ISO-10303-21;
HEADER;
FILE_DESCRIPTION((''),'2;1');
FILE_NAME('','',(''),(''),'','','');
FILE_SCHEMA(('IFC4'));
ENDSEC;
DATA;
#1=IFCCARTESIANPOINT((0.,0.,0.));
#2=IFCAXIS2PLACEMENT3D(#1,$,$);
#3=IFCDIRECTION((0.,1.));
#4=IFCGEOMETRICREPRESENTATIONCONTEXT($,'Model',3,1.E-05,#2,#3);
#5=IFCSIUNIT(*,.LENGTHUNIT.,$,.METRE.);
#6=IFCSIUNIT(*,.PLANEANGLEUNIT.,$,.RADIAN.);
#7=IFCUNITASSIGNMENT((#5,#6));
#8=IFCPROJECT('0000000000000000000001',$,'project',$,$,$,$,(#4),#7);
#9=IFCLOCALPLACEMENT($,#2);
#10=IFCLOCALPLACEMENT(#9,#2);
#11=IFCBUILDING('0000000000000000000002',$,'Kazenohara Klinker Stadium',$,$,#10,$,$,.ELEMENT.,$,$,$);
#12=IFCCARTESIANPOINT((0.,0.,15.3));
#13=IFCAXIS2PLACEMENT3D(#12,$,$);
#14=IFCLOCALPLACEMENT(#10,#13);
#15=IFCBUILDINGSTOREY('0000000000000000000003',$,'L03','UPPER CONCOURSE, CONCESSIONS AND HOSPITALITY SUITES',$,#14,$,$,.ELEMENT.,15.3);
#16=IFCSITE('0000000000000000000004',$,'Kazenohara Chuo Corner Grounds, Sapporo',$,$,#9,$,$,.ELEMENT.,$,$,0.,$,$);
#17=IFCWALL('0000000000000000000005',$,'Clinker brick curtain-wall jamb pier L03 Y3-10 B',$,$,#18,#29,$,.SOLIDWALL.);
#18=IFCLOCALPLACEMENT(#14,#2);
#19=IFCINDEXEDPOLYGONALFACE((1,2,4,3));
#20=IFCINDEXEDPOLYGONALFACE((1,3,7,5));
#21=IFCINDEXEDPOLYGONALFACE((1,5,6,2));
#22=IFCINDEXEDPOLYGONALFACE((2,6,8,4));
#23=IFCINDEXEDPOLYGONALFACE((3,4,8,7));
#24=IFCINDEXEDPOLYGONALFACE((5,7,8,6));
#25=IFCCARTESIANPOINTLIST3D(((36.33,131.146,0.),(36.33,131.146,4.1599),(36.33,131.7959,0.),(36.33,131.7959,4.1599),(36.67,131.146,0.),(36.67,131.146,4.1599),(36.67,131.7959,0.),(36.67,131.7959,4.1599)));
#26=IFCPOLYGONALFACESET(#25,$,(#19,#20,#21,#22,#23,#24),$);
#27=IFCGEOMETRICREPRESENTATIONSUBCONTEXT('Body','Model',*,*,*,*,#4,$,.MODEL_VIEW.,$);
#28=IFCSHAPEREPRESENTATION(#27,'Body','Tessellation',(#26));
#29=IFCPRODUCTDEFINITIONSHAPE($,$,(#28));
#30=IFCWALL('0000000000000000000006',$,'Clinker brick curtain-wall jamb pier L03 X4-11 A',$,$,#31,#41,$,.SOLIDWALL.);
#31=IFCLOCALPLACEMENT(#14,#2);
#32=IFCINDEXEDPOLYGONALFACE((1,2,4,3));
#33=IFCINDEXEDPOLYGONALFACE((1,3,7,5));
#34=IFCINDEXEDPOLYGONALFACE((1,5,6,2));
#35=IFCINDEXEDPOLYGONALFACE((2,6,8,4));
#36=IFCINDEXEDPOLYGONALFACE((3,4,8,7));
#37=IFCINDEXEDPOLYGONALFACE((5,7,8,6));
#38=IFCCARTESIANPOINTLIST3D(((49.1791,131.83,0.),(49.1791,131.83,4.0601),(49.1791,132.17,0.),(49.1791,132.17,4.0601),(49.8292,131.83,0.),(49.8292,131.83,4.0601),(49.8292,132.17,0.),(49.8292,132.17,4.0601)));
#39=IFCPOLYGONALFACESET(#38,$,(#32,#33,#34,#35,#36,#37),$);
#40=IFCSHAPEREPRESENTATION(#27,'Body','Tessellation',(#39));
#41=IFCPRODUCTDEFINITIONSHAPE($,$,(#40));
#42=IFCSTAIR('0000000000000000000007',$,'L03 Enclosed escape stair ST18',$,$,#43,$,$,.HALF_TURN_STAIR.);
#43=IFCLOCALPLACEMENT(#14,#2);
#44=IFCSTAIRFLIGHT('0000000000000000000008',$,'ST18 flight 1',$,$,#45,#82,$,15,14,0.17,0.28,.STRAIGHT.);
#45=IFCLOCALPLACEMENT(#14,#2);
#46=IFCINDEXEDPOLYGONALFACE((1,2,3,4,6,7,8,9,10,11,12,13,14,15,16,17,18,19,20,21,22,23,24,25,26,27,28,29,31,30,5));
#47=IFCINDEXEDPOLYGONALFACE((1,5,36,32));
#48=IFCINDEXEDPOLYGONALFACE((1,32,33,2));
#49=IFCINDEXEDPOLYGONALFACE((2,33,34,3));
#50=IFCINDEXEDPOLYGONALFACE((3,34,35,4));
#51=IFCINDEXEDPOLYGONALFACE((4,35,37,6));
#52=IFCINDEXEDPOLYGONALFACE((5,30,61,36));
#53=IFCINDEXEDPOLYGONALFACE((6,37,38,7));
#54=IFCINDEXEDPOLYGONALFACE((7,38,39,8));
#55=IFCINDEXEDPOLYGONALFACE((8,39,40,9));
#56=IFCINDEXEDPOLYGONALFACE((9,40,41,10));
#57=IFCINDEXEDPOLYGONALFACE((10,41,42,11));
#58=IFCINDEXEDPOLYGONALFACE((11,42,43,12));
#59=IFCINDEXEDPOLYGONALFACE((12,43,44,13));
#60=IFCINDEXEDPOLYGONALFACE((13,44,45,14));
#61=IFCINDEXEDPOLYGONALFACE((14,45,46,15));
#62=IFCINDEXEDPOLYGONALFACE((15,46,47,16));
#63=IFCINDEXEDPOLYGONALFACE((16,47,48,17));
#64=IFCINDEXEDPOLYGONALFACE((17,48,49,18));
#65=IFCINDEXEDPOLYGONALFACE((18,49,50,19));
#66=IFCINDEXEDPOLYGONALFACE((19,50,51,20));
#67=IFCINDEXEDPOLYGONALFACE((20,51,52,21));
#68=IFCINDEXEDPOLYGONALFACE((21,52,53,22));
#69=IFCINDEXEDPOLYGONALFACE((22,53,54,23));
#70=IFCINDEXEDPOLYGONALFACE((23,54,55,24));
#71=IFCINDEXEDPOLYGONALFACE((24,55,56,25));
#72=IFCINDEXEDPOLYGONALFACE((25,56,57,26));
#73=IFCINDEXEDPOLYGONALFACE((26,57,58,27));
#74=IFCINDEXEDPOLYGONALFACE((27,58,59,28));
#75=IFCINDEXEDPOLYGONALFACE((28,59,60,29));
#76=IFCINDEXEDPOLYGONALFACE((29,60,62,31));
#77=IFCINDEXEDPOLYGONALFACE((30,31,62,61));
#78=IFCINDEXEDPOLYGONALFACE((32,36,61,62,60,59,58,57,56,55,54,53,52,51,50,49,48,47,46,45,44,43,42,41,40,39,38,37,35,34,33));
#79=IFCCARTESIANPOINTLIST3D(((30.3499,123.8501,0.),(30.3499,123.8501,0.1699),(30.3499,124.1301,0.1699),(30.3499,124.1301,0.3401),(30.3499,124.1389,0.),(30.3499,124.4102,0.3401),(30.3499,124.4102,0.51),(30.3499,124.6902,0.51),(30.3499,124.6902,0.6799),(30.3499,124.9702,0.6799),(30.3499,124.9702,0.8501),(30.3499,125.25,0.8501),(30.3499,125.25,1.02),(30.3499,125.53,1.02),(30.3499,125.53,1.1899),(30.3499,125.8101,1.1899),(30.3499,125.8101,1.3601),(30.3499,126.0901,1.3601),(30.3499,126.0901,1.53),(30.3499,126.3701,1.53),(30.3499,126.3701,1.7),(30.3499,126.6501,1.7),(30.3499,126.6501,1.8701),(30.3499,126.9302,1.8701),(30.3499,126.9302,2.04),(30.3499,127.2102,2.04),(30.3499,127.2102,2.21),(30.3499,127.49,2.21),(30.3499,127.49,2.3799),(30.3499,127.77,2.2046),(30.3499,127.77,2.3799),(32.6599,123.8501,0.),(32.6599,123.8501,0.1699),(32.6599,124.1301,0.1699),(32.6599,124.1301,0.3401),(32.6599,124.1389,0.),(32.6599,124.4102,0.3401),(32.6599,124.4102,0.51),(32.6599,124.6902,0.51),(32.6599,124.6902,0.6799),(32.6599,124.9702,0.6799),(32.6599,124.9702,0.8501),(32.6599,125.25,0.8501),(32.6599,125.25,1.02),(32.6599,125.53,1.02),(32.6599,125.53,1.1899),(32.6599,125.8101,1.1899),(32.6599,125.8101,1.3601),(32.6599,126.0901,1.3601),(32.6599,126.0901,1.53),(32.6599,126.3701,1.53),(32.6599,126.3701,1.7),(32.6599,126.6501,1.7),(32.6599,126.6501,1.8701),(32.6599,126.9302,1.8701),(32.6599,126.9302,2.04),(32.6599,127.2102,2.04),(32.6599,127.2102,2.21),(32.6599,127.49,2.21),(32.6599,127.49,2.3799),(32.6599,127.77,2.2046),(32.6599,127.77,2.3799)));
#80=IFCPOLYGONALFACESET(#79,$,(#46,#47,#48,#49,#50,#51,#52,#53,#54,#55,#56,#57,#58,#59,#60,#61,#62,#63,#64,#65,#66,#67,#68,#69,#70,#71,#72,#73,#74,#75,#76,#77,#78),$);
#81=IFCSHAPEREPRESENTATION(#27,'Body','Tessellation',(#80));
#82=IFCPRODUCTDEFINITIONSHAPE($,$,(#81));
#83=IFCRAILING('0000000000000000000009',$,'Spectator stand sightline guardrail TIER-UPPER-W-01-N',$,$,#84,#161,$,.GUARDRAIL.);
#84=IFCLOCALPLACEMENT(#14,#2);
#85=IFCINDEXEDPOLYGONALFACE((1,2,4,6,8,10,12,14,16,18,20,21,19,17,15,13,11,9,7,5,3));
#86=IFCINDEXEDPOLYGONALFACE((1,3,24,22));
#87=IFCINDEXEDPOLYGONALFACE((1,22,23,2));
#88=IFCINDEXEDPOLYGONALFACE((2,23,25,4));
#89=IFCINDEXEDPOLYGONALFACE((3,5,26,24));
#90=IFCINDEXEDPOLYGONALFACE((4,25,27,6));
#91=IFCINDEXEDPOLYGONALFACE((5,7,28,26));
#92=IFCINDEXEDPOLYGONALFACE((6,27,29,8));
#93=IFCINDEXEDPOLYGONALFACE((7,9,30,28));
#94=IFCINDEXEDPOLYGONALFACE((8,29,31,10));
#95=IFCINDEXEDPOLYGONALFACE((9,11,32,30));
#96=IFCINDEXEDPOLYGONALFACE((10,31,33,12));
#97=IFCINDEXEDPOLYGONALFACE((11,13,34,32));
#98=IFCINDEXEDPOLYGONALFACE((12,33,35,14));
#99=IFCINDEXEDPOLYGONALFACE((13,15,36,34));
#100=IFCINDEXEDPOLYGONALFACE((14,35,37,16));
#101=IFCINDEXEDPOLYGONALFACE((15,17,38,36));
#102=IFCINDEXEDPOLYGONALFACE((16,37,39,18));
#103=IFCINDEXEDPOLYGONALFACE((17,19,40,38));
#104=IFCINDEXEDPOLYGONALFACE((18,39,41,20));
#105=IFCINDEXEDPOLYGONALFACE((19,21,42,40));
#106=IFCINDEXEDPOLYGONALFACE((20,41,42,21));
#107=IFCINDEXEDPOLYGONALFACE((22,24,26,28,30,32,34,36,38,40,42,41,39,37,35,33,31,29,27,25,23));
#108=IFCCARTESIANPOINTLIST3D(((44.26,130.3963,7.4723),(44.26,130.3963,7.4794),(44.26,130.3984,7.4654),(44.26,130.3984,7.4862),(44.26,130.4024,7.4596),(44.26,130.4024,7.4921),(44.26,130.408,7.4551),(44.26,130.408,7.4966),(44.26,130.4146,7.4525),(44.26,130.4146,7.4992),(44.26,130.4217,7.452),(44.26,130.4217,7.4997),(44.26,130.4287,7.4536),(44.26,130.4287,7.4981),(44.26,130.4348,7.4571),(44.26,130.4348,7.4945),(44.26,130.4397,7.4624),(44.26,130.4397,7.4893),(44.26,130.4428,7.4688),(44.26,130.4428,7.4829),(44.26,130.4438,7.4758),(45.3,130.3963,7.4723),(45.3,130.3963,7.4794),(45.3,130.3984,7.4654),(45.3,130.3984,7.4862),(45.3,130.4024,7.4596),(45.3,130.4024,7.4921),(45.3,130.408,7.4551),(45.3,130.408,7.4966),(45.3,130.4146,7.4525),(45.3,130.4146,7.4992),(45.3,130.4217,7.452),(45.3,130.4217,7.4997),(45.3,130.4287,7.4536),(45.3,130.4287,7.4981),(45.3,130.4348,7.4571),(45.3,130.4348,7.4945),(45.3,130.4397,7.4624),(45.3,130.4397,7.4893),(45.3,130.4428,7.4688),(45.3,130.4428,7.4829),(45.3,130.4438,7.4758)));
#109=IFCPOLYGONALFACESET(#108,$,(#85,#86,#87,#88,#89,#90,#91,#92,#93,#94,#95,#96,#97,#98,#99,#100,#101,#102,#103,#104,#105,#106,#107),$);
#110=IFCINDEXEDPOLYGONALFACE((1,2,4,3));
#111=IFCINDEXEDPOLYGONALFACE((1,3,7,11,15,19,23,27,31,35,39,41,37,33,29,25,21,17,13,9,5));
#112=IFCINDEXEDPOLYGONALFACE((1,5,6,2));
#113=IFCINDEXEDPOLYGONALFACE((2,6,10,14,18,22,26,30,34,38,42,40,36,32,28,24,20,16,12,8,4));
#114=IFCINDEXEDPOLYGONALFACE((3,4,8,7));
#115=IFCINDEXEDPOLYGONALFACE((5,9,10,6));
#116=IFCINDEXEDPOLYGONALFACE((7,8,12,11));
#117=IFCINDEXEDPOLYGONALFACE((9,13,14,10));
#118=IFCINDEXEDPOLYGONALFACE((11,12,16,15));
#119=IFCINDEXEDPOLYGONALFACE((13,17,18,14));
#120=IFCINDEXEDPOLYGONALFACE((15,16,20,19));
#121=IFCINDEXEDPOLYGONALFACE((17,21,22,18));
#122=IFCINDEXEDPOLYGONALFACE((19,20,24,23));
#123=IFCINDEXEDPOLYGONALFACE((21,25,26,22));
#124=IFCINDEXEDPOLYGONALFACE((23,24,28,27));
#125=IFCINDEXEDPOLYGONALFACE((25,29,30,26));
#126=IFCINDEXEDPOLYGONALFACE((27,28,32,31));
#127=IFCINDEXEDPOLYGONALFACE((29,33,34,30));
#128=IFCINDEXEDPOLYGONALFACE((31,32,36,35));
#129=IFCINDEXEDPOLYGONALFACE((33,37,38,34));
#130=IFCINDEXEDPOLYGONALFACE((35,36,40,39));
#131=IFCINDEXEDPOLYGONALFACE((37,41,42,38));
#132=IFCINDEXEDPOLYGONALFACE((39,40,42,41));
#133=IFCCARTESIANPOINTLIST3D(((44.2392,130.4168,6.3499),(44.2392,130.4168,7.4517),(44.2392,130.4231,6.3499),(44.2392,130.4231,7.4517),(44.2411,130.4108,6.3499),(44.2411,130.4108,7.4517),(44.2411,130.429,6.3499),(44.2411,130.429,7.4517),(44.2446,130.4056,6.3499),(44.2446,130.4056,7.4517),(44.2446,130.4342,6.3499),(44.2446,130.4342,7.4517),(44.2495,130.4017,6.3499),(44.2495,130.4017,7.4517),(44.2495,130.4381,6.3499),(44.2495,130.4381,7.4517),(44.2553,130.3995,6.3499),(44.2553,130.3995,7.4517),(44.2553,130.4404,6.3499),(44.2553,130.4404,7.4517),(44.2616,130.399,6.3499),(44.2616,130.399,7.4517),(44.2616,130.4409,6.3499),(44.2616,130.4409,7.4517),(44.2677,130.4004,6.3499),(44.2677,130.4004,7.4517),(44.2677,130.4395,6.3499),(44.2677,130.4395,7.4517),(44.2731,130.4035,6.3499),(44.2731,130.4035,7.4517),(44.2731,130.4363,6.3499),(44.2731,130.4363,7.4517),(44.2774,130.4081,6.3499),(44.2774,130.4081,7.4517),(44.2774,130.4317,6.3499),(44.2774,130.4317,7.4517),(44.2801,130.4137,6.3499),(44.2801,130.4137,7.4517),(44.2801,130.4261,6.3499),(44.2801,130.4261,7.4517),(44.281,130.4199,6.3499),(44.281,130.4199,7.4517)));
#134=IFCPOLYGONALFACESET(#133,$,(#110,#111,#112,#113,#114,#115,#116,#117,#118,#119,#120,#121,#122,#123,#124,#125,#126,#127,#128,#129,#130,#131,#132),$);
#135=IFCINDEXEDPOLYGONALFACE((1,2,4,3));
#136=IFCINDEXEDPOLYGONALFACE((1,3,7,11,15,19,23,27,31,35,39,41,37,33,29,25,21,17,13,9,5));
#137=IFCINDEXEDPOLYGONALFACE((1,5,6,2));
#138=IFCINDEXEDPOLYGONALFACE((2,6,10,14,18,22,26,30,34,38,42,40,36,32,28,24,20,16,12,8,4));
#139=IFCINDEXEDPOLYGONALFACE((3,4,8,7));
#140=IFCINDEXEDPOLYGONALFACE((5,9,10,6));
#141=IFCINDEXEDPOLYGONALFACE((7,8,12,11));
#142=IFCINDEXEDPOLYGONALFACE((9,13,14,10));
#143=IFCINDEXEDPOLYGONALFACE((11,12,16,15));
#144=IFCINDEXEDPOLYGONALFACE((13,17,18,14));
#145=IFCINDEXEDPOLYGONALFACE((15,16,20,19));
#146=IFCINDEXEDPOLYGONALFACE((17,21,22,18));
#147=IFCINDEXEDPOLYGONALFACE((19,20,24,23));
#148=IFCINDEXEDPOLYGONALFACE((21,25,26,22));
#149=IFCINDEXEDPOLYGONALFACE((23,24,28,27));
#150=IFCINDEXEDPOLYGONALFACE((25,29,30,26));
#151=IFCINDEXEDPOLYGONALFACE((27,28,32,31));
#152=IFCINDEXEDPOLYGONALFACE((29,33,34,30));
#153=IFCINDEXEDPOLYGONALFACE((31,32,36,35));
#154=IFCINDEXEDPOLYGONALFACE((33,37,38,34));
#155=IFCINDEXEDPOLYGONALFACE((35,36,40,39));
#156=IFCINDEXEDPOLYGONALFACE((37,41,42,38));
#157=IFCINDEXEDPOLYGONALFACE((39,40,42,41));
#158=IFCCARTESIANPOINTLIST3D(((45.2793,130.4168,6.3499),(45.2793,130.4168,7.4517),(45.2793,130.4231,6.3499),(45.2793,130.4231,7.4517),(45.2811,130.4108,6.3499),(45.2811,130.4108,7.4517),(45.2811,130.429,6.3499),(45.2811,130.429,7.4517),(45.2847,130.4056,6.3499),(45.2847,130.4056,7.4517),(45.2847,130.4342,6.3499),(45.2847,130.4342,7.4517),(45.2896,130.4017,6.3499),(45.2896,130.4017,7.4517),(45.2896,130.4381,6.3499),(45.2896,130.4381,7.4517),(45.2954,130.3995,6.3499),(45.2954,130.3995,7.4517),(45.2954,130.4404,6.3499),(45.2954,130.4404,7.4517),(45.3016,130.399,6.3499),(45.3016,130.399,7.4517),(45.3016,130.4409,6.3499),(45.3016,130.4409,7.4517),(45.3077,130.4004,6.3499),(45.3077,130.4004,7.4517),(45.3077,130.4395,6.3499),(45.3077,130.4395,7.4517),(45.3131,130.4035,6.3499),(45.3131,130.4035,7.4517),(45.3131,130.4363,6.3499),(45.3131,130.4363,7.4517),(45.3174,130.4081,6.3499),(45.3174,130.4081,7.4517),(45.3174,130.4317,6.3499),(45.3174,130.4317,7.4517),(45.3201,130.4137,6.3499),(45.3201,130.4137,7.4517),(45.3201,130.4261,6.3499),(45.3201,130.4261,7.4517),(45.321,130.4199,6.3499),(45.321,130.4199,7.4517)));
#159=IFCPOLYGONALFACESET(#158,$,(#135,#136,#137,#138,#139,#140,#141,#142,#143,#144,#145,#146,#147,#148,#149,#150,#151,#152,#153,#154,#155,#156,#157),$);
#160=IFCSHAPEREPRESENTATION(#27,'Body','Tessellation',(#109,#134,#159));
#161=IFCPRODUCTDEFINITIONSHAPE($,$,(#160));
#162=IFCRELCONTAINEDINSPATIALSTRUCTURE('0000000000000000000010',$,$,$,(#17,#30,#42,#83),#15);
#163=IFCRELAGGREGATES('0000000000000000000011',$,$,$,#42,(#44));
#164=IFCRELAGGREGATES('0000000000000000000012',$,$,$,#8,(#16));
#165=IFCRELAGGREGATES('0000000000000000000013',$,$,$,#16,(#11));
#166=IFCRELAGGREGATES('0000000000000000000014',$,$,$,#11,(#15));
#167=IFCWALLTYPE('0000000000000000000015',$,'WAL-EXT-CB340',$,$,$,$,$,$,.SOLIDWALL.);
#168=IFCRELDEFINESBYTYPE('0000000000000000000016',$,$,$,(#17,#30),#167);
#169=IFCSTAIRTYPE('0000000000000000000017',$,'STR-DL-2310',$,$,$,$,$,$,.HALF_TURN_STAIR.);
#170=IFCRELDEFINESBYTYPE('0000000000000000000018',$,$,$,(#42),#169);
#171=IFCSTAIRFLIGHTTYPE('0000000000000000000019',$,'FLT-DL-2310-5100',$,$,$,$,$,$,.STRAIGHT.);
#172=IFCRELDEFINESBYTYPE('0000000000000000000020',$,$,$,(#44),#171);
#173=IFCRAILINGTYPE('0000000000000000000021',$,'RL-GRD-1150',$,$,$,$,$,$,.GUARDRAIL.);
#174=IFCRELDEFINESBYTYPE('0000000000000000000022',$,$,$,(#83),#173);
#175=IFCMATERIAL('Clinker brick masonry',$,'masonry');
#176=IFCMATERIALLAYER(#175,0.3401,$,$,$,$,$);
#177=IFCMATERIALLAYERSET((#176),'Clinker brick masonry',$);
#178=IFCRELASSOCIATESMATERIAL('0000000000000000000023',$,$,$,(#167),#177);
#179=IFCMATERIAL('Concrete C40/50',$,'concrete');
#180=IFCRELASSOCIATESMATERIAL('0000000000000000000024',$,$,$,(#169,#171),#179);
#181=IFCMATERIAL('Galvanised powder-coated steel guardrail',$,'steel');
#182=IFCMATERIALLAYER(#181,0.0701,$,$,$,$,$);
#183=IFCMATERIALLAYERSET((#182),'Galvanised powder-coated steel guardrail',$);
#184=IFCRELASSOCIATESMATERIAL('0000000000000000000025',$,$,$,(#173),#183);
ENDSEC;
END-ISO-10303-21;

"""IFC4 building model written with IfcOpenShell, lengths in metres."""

from ifc_helpers import new_model, si_unit, direction, frame, frame_2d, origin, origin_2d, place, context, subcontext, project, spatial, polyline, rectangle, circle, outline, extrude, material, layer, layer_set, type_object, element, aggregate, save


model = new_model("IFC4")

# Units and contexts
model_context = context("Model", 3, precision=1e-05, world=origin(), true_north=direction((0.0, 1.0)))
body_context = subcontext(model_context, "Body", "Model", "MODEL_VIEW")
ifc_project = project(units=[si_unit("LENGTHUNIT", "METRE"), si_unit("PLANEANGLEUNIT", "RADIAN")], contexts=[model_context])

# Site, building, storey
site_placement = place(None, origin())
site = spatial("IfcSite", under=ifc_project, at=site_placement, Name="Kazenohara Chuo Corner Grounds, Sapporo", CompositionType="ELEMENT", RefElevation=0.0)
building_placement = place(site_placement, origin())
building = spatial("IfcBuilding", under=site, at=building_placement, Name="Kazenohara Klinker Stadium", CompositionType="ELEMENT")
storey_placement = place(building_placement, frame((0.0, 0.0, 15.3)))
storey = spatial("IfcBuildingStorey", under=building, at=storey_placement, Name="L03", Description="UPPER CONCOURSE, CONCESSIONS AND HOSPITALITY SUITES", CompositionType="ELEMENT", Elevation=15.3)

# Shared definitions
ifc_material_1 = material(Name="Concrete C40/50", Category="concrete")

# Walls
ifc_material_2 = material(Name="Clinker brick masonry", Category="masonry")
ifc_layer_1 = layer(ifc_material_2, 0.3401)
ifc_layer_set_1 = layer_set([ifc_layer_1], Name="Clinker brick masonry")
wall_type_1 = type_object("IfcWallType", Name="WAL-EXT-CB340", PredefinedType="SOLIDWALL", material=ifc_layer_set_1)
for number, where, z_axis, x_axis, name in (
    (1, (36.5, 131.146, 0.0), (0.0, 0.0, 1.0), (0.0, 1.0, 0.0), "Clinker brick curtain-wall jamb pier L03 Y3-10 B"),
):
    element("IfcWall", number, at=place(storey_placement, frame(where, z_axis=z_axis, x_axis=x_axis)), inside=storey, type_object=wall_type_1, Name=name, PredefinedType="SOLIDWALL", context=body_context, shape_type="SweptSolid", body=[
        extrude(rectangle(XDim=0.6499, YDim=0.3401, at=frame_2d((0.325, 0.0))), origin(), (0.0, 0.0, 1.0), 4.1599),
    ])
wall_1_placement = place(storey_placement, frame((49.179, 132.0, 0.0), z_axis=(0.0, 0.0, 1.0), x_axis=(1.0, 0.0, 0.0)))
element("IfcWall", 2, at=wall_1_placement, inside=storey, type_object=wall_type_1, Name="Clinker brick curtain-wall jamb pier L03 X4-11 A", PredefinedType="SOLIDWALL", context=body_context, shape_type="SweptSolid", body=[
    extrude(rectangle(XDim=0.6501, YDim=0.3401, at=frame_2d((0.3252, 0.0))), origin(), (0.0, 0.0, 1.0), 4.0601),
])

# Stair, stair flight
stair_type = type_object("IfcStairType", Name="STR-DL-2310", PredefinedType="HALF_TURN_STAIR", material=ifc_material_1)
stair_placement = place(storey_placement, origin())
stair = element("IfcStair", 3, at=stair_placement, inside=storey, type_object=stair_type, Name="L03 Enclosed escape stair ST18", PredefinedType="HALF_TURN_STAIR")
stair_flight_type = type_object("IfcStairFlightType", Name="FLT-DL-2310-5100", PredefinedType="STRAIGHT", material=ifc_material_1)
stair_flight_placement = place(storey_placement, frame((31.5049, 123.8501, 0.0), z_axis=(0.0, 0.0, 1.0), x_axis=(0.0, 1.0, 0.0)))
stair_flight = element("IfcStairFlight", 4, at=stair_flight_placement, type_object=stair_flight_type, Name="ST18 flight 1", NumberOfRisers=15, NumberOfTreads=14, PredefinedType="STRAIGHT", RiserHeight=0.17, TreadLength=0.28, context=body_context, shape_type="SweptSolid", body=[
    extrude(outline(polyline([(0.0, 0.0), (0.0, 0.1699), (0.28, 0.1699), (0.28, 0.3401), (0.5601, 0.3401), (0.5601, 0.51), (0.8401, 0.51), (0.8401, 0.6799), (1.1201, 0.6799), (1.1201, 0.8501), (1.3999, 0.8501), (1.3999, 1.02), (1.6799, 1.02), (1.6799, 1.1899), (1.96, 1.1899), (1.96, 1.3601), (2.24, 1.3601), (2.24, 1.53), (2.52, 1.53), (2.52, 1.7), (2.8, 1.7), (2.8, 1.8701), (3.0801, 1.8701), (3.0801, 2.04), (3.3601, 2.04), (3.3601, 2.21), (3.6399, 2.21), (3.6399, 2.3799), (3.9199, 2.3799), (3.9199, 2.55), (3.9199, 2.2046), (0.2888, 0.0), (0.0, 0.0)])), frame((0.0, 1.155, 0.0), z_axis=(0.0, -1.0, 0.0), x_axis=(1.0, 0.0, 0.0)), (0.0, 0.0, 1.0), 2.3101),
])
aggregate(stair, [stair_flight])

# Railing
ifc_material_3 = material(Name="Galvanised powder-coated steel guardrail", Category="steel")
ifc_layer_2 = layer(ifc_material_3, 0.0701)
ifc_layer_set_2 = layer_set([ifc_layer_2], Name="Galvanised powder-coated steel guardrail")
railing_type_1 = type_object("IfcRailingType", Name="RL-GRD-1150", PredefinedType="GUARDRAIL", material=ifc_layer_set_2)
railing_1_placement = place(storey_placement, frame((44.26, 130.4199, 6.3499)))
element("IfcRailing", 5, at=railing_1_placement, inside=storey, type_object=railing_type_1, Name="Spectator stand sightline guardrail TIER-UPPER-W-01-N", PredefinedType="GUARDRAIL", context=body_context, shape_type="SweptSolid", body=[
    extrude(circle(Radius=0.0239, at=origin_2d()), frame((0.0, 0.0, 1.126), z_axis=(1.0, 0.0, 0.0), x_axis=(0.0, 1.0, 0.0)), (0.0, 0.0, 1.0), 1.04),
    extrude(circle(Radius=0.021, at=origin_2d()), origin(), (0.0, 0.0, 1.0), 1.1018),
    extrude(circle(Radius=0.021, at=origin_2d()), frame((1.04, 0.0, 0.0)), (0.0, 0.0, 1.0), 1.1018),
])

save(model, "model.ifc")
